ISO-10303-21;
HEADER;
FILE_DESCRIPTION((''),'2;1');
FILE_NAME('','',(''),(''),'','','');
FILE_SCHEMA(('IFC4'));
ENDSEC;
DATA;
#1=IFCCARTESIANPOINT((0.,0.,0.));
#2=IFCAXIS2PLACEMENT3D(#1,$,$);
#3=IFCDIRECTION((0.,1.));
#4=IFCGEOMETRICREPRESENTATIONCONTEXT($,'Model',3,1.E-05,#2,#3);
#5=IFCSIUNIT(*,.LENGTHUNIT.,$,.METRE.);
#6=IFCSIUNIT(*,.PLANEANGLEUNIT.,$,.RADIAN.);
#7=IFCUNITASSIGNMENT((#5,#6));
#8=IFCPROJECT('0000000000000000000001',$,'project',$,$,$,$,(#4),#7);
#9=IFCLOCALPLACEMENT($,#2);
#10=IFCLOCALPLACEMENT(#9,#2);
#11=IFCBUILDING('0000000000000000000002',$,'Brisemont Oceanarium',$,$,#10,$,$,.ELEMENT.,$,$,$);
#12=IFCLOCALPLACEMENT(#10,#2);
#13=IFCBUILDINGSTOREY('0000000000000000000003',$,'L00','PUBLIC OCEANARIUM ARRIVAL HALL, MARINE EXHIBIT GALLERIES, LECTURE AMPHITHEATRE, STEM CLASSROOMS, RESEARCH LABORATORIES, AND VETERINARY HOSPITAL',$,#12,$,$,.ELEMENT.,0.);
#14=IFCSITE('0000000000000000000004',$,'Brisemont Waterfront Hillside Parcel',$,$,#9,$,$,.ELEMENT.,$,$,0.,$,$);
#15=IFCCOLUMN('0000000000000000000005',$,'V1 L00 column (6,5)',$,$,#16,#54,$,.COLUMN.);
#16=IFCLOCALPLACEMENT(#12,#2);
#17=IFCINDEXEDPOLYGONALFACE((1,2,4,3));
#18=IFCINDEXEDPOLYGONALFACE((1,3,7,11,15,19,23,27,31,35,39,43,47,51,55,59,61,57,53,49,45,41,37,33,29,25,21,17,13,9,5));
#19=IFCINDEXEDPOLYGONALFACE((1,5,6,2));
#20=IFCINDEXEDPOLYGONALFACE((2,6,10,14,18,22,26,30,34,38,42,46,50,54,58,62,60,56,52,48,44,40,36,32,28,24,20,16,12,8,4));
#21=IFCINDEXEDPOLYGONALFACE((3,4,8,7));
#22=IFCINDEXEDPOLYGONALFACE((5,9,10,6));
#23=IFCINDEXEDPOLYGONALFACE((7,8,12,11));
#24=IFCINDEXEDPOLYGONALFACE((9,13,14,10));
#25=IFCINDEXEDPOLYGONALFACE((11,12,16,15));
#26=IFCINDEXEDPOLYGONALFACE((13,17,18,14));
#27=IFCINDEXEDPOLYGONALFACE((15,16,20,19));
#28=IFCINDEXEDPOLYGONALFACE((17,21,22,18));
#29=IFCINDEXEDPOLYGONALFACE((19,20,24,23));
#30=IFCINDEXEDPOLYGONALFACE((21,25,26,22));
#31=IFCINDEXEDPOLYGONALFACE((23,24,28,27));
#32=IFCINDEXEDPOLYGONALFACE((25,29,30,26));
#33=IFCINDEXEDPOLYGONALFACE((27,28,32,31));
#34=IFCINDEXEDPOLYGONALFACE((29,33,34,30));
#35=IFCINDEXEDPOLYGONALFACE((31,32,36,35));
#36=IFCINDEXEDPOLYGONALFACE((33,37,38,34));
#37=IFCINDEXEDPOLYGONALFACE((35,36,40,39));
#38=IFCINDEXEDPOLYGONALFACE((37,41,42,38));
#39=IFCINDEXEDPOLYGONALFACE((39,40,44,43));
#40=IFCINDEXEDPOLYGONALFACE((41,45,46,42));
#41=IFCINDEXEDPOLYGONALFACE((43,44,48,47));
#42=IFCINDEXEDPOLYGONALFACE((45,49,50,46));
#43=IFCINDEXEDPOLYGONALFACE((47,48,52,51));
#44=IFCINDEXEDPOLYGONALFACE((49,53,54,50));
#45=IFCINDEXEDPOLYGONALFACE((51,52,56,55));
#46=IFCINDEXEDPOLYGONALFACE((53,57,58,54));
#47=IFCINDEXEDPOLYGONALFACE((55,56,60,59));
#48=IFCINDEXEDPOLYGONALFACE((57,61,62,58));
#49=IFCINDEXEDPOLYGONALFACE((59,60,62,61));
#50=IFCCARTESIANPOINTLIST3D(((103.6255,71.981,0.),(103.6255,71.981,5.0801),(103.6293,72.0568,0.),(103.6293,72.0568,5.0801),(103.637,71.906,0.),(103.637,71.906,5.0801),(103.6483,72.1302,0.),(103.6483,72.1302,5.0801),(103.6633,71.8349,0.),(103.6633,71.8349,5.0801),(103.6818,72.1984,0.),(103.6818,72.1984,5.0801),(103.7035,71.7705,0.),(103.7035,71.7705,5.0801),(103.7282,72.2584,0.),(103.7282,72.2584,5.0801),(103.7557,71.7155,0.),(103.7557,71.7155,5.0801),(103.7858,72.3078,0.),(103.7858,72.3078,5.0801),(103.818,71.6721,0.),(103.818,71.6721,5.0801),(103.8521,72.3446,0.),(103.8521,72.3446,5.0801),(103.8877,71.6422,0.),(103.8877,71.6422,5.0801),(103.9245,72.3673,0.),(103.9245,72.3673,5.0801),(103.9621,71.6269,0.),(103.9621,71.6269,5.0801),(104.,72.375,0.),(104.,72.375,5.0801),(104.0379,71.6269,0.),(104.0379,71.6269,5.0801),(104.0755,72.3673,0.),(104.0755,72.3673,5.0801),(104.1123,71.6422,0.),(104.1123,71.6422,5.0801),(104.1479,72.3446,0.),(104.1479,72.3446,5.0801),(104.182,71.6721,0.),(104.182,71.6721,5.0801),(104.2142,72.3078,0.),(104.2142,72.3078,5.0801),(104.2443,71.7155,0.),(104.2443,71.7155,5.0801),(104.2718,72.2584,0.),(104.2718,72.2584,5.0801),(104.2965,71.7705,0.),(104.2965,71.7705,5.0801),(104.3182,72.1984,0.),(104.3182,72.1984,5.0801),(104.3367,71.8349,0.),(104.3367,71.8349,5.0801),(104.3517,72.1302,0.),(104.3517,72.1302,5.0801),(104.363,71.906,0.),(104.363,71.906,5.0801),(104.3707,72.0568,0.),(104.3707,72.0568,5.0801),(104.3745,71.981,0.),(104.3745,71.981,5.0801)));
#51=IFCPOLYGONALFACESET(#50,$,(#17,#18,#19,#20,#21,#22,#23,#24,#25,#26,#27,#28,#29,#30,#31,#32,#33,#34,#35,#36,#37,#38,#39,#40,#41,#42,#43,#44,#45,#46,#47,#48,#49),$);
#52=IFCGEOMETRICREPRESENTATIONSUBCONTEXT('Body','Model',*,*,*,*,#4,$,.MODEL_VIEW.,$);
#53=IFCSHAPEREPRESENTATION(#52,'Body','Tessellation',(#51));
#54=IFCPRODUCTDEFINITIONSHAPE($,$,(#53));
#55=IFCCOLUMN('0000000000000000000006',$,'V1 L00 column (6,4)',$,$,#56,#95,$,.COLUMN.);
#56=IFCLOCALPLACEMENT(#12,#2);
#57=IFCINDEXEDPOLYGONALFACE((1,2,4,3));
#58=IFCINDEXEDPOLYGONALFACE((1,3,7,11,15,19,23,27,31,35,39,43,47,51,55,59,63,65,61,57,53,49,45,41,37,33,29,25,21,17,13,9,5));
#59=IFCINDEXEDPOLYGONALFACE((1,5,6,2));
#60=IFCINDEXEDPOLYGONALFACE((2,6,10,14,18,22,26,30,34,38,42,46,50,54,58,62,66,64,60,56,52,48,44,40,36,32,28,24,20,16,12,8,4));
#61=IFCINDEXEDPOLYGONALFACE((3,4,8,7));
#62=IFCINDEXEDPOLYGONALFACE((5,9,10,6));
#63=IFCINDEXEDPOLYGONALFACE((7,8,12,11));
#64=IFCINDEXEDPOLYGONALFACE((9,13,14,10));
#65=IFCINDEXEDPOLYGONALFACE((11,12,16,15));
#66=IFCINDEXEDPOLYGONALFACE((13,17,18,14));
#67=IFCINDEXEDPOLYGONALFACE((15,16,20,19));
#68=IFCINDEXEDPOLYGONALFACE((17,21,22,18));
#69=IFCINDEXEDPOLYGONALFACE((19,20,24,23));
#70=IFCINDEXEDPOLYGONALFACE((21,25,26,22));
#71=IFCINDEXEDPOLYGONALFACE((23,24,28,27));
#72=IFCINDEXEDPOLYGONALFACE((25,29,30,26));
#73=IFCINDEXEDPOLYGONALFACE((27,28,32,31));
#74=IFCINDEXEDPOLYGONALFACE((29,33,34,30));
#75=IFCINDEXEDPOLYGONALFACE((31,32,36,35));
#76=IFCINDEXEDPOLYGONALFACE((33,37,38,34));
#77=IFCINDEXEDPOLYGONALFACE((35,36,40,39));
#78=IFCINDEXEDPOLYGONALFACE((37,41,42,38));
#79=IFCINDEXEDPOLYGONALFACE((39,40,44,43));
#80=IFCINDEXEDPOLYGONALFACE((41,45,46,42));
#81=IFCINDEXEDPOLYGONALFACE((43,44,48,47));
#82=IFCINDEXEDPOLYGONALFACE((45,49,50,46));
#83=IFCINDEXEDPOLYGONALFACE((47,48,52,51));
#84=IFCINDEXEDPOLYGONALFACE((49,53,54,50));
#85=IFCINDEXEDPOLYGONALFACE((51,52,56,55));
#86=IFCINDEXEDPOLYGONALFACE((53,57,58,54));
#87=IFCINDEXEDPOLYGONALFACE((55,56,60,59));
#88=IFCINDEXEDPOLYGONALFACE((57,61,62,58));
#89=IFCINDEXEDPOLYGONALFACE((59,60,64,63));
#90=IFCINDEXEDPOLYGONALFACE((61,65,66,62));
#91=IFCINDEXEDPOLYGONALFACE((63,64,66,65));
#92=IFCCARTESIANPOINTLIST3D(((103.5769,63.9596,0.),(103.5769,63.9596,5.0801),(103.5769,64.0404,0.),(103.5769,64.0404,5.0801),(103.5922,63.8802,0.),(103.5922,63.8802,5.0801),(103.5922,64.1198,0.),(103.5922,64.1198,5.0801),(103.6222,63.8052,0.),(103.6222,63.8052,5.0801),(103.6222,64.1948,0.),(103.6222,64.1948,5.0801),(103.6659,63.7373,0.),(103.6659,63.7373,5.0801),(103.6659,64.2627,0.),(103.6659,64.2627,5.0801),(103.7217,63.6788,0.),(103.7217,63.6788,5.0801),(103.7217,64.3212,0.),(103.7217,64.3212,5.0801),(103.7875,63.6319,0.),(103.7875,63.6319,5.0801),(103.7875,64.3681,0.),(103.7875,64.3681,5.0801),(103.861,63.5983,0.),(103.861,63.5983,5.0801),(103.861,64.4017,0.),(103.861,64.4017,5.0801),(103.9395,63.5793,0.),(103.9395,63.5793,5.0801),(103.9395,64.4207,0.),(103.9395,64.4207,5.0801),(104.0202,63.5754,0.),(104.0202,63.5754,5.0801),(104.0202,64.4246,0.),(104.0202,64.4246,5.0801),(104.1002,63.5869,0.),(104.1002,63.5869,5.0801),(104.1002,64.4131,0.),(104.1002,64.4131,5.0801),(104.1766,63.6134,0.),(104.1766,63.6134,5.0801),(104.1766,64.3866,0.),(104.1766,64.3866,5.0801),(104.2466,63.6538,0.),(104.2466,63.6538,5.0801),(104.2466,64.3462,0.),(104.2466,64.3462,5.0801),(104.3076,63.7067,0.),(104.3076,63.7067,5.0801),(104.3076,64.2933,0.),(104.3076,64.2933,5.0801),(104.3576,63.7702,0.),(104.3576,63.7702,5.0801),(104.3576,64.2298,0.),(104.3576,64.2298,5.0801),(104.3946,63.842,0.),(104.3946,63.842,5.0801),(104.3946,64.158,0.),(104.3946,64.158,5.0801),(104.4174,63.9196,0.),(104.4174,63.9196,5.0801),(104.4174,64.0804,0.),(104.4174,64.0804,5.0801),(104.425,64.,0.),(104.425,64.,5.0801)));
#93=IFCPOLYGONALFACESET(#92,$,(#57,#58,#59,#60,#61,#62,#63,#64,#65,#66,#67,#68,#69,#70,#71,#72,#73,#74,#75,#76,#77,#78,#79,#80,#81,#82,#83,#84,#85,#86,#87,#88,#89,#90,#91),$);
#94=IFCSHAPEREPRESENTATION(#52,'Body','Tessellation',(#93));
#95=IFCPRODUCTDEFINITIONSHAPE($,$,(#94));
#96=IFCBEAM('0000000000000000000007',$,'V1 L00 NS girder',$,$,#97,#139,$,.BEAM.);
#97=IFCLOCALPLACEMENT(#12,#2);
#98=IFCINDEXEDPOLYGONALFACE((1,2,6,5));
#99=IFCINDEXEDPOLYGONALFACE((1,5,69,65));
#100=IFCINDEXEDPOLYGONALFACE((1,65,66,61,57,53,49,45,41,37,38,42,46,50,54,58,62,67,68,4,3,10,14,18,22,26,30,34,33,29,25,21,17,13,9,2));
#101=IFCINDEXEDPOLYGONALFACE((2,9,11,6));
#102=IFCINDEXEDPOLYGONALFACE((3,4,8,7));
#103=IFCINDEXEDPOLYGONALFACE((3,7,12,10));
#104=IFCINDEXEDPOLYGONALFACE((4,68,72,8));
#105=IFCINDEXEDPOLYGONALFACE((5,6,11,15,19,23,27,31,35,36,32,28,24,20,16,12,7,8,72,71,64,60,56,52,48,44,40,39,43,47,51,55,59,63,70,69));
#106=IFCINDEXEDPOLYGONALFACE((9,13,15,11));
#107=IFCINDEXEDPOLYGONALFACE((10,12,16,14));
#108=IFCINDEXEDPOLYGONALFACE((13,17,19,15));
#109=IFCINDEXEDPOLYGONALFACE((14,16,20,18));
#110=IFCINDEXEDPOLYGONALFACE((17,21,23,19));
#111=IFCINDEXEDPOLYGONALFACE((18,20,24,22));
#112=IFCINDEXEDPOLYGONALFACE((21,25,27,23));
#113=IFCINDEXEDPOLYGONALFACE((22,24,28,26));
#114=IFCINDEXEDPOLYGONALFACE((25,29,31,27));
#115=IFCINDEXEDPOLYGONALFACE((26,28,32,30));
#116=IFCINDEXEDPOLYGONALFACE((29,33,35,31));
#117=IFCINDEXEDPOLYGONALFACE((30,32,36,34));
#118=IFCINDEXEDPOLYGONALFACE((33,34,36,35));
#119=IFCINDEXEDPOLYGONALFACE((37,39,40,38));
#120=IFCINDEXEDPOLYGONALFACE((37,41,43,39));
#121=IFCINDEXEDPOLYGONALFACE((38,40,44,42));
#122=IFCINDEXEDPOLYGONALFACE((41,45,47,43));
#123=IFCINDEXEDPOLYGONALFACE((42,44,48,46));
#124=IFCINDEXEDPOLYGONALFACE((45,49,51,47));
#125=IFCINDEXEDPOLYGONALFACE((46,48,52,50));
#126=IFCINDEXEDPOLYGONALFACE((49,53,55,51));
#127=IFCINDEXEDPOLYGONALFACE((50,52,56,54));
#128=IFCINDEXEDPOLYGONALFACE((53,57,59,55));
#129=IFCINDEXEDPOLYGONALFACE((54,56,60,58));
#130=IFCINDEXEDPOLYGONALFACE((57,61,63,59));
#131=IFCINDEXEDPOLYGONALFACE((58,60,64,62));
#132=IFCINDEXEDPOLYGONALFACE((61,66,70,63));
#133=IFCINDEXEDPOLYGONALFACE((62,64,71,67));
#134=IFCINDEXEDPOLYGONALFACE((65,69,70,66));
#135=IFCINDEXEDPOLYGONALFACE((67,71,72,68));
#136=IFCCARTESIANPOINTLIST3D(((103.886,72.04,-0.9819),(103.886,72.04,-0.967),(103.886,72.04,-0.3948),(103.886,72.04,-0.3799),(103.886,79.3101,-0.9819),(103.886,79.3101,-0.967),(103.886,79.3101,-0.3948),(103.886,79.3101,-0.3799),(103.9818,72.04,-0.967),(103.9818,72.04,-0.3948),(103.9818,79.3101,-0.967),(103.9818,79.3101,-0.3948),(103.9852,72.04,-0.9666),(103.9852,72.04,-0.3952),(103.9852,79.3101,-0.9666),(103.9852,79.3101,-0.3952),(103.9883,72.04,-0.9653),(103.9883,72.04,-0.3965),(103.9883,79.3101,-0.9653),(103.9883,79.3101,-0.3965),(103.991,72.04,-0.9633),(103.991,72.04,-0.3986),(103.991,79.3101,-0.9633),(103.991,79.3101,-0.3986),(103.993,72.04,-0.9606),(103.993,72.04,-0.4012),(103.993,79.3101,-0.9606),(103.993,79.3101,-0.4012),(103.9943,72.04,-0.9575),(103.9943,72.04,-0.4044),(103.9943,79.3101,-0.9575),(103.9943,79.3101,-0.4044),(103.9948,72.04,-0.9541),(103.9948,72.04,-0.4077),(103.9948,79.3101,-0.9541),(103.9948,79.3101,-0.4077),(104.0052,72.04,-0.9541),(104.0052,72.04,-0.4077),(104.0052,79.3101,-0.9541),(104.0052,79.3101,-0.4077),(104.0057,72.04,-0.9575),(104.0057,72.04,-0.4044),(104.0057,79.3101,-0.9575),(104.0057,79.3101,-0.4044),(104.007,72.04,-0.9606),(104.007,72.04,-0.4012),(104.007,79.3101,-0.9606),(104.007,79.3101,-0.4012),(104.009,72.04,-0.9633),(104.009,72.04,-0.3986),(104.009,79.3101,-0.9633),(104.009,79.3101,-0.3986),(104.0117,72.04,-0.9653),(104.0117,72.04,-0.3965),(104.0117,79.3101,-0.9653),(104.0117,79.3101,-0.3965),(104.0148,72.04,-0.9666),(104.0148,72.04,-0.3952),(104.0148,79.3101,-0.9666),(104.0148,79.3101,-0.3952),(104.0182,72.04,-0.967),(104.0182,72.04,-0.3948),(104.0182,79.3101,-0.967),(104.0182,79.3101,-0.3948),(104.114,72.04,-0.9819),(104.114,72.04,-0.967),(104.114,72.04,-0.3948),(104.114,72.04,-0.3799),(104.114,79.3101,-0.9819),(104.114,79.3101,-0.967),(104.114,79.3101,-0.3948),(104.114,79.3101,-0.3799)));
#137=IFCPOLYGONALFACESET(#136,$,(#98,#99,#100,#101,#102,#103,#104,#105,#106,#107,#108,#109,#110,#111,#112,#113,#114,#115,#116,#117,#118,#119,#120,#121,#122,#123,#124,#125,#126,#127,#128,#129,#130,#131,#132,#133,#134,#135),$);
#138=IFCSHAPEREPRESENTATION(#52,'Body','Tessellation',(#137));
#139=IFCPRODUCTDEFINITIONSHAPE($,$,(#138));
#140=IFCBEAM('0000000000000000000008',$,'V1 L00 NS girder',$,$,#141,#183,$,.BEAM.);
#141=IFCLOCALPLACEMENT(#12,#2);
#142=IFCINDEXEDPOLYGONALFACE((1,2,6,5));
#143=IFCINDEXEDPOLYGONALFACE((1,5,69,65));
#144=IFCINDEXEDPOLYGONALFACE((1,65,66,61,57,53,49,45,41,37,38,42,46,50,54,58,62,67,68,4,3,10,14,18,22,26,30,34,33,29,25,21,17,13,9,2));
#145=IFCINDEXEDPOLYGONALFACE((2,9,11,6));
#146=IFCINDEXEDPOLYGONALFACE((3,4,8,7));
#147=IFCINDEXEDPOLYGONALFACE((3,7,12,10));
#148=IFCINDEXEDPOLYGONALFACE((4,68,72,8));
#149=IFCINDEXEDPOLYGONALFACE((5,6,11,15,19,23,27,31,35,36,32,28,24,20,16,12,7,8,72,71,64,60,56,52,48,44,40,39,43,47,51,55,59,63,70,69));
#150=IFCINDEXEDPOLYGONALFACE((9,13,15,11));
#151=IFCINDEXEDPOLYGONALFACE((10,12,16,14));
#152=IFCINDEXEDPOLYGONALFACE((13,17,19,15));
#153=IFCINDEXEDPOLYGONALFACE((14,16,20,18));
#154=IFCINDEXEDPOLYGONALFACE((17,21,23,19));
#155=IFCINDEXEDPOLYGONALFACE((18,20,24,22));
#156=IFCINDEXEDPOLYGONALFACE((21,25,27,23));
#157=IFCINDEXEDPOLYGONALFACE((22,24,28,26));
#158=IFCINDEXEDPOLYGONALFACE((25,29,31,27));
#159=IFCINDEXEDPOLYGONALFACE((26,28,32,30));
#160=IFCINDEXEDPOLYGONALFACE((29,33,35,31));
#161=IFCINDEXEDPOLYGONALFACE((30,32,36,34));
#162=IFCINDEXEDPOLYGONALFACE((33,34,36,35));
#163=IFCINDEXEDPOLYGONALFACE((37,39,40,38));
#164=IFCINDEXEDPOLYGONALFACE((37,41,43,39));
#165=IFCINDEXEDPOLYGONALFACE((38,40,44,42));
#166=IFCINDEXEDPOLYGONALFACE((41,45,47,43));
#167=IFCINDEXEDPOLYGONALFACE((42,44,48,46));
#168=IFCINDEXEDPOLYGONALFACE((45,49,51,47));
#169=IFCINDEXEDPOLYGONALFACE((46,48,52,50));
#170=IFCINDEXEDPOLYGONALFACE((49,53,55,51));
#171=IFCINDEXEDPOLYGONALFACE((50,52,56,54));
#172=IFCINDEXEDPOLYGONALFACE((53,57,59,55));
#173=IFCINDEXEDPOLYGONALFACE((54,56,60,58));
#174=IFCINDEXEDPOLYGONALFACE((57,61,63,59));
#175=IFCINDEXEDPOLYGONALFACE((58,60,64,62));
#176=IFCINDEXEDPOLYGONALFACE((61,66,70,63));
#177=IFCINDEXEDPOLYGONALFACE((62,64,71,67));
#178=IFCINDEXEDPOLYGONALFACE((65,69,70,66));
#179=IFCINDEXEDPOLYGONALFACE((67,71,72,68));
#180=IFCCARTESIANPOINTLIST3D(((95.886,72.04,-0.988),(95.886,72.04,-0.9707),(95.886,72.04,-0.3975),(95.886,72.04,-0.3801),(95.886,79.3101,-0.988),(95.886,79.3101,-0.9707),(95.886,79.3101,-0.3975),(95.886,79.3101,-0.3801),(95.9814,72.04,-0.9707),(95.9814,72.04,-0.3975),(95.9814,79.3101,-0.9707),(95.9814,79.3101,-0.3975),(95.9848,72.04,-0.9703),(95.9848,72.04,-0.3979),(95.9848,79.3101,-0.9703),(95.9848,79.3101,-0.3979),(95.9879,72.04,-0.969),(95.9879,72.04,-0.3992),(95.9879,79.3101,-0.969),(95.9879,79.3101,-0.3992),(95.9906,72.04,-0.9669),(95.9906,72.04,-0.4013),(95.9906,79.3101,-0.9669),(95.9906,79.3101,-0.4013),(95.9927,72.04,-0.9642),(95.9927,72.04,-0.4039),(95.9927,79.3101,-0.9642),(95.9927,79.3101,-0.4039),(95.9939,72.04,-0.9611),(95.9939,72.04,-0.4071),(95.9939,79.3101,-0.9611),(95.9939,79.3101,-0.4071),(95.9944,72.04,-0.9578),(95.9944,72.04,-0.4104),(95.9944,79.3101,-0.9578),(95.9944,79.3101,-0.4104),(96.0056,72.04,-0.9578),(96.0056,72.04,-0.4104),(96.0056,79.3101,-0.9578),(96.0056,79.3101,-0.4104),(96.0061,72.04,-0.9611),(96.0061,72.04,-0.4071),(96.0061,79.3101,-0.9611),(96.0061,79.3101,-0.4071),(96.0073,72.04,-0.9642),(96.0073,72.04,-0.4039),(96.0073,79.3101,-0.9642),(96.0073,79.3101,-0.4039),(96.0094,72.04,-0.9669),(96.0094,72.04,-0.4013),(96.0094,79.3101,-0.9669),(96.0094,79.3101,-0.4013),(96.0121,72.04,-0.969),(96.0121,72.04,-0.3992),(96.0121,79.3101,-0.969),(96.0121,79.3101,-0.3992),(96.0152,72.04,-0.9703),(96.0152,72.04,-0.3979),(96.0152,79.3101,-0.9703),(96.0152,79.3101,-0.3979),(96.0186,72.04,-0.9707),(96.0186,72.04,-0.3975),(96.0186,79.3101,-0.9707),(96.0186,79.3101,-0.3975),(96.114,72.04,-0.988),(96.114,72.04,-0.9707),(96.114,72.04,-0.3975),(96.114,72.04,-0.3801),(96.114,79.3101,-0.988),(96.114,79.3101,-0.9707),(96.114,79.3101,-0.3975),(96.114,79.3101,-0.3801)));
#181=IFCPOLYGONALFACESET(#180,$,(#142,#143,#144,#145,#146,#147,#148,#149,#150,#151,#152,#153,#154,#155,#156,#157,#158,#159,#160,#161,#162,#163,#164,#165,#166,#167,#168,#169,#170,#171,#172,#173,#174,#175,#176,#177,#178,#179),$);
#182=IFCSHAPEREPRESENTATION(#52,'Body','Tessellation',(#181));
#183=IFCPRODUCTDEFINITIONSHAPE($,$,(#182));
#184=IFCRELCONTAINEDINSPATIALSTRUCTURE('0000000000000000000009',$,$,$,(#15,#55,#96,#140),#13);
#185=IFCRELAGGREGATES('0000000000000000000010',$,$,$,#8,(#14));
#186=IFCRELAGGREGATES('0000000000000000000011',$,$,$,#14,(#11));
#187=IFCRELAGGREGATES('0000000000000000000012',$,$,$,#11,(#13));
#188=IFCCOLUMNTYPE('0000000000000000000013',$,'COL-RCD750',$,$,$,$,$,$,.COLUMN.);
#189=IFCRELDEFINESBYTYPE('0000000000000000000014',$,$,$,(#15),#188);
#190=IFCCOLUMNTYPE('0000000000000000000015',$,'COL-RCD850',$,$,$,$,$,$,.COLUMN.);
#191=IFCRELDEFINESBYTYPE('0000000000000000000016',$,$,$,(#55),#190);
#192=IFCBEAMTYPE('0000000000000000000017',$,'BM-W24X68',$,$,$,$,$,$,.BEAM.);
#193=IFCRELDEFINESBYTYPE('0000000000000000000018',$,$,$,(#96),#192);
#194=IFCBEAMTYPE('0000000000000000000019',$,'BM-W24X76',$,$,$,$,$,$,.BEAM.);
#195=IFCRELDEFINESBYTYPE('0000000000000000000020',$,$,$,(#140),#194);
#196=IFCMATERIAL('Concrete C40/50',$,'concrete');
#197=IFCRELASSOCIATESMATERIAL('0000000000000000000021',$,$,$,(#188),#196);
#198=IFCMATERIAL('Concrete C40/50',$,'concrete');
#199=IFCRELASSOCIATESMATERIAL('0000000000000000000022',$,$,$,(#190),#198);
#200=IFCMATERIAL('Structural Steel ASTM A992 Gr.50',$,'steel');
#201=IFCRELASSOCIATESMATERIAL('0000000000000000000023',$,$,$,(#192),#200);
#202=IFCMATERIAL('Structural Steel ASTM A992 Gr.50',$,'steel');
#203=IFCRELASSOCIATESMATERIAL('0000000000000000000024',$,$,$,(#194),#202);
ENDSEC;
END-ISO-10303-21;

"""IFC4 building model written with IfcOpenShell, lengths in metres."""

from ifc_helpers import new_model, si_unit, direction, frame, origin, origin_2d, place, context, subcontext, project, spatial, circle, i_section, extrude, material, material_profile, profile_set, type_object, element, save


model = new_model("IFC4")

# Units and contexts
model_context = context("Model", 3, precision=1e-05, world=origin(), true_north=direction((0.0, 1.0)))
body_context = subcontext(model_context, "Body", "Model", "MODEL_VIEW")
ifc_project = project(units=[si_unit("LENGTHUNIT", "METRE"), si_unit("PLANEANGLEUNIT", "RADIAN")], contexts=[model_context])

# Site, building, storey
site_placement = place(None, origin())
site = spatial("IfcSite", under=ifc_project, at=site_placement, Name="Brisemont Waterfront Hillside Parcel", CompositionType="ELEMENT", RefElevation=0.0)
building_placement = place(site_placement, origin())
building = spatial("IfcBuilding", under=site, at=building_placement, Name="Brisemont Oceanarium", CompositionType="ELEMENT")
storey_placement = place(building_placement, origin())
storey = spatial("IfcBuildingStorey", under=building, at=storey_placement, Name="L00", Description="PUBLIC OCEANARIUM ARRIVAL HALL, MARINE EXHIBIT GALLERIES, LECTURE AMPHITHEATRE, STEM CLASSROOMS, RESEARCH LABORATORIES, AND VETERINARY HOSPITAL", CompositionType="ELEMENT", Elevation=0.0)

# Columns
ifc_material_1 = material(Name="Concrete C40/50", Category="concrete")
ifc_material_profile_1 = material_profile(ifc_material_1, circle(Radius=0.375, at=origin_2d()), Name="RC-COL-D750")
ifc_profile_set_1 = profile_set([ifc_material_profile_1], Name="Concrete C40/50")
column_type_1 = type_object("IfcColumnType", Name="COL-RCD750", PredefinedType="COLUMN", material=ifc_profile_set_1)
column_1_placement = place(storey_placement, frame((104.0, 72.0, 0.0), z_axis=(0.0, 0.0, 1.0), x_axis=(0.0, 1.0, 0.0)))
element("IfcColumn", 1, at=column_1_placement, inside=storey, type_object=column_type_1, Name="V1 L00 column (6,5)", PredefinedType="COLUMN", context=body_context, shape_type="SweptSolid", body=[
    extrude(circle(Radius=0.375, at=origin_2d()), origin(), (0.0, 0.0, 1.0), 5.0801),
])
ifc_material_2 = material(Name="Concrete C40/50", Category="concrete")
ifc_material_profile_2 = material_profile(ifc_material_2, circle(Radius=0.425, at=origin_2d()), Name="RC-COL-D850")
ifc_profile_set_2 = profile_set([ifc_material_profile_2], Name="Concrete C40/50")
column_type_2 = type_object("IfcColumnType", Name="COL-RCD850", PredefinedType="COLUMN", material=ifc_profile_set_2)
column_2_placement = place(storey_placement, frame((104.0, 64.0, 0.0), z_axis=(0.0, 0.0, 1.0), x_axis=(1.0, 0.0, 0.0)))
element("IfcColumn", 2, at=column_2_placement, inside=storey, type_object=column_type_2, Name="V1 L00 column (6,4)", PredefinedType="COLUMN", context=body_context, shape_type="SweptSolid", body=[
    extrude(circle(Radius=0.425, at=origin_2d()), origin(), (0.0, 0.0, 1.0), 5.0801),
])

# Beams
ifc_material_3 = material(Name="Structural Steel ASTM A992 Gr.50", Category="steel")
ifc_material_profile_3 = material_profile(ifc_material_3, i_section(OverallWidth=0.228, OverallDepth=0.6021, WebThickness=0.0105, FlangeThickness=0.0149, FilletRadius=0.0129, at=origin_2d()), Name="W24X68")
ifc_profile_set_3 = profile_set([ifc_material_profile_3], Name="Structural Steel ASTM A992 Gr.50")
beam_type_1 = type_object("IfcBeamType", Name="BM-W24X68", PredefinedType="BEAM", material=ifc_profile_set_3)
beam_1_placement = place(storey_placement, frame((104.0, 72.04, -0.6809), z_axis=(0.0, 1.0, 0.0), x_axis=(-1.0, 0.0, 0.0)))
element("IfcBeam", 3, at=beam_1_placement, inside=storey, type_object=beam_type_1, Name="V1 L00 NS girder", PredefinedType="BEAM", context=body_context, shape_type="SweptSolid", body=[
    extrude(i_section(OverallWidth=0.228, OverallDepth=0.6021, WebThickness=0.0105, FlangeThickness=0.0149, FilletRadius=0.0129, at=origin_2d()), origin(), (0.0, 0.0, 1.0), 7.27),
])
ifc_material_4 = material(Name="Structural Steel ASTM A992 Gr.50", Category="steel")
ifc_material_profile_4 = material_profile(ifc_material_4, i_section(OverallWidth=0.228, OverallDepth=0.6079, WebThickness=0.0112, FlangeThickness=0.0173, FilletRadius=0.0129, at=origin_2d()), Name="W24X76")
ifc_profile_set_4 = profile_set([ifc_material_profile_4], Name="Structural Steel ASTM A992 Gr.50")
beam_type_2 = type_object("IfcBeamType", Name="BM-W24X76", PredefinedType="BEAM", material=ifc_profile_set_4)
beam_2_placement = place(storey_placement, frame((96.0, 72.04, -0.6841), z_axis=(0.0, 1.0, 0.0), x_axis=(-1.0, 0.0, 0.0)))
element("IfcBeam", 4, at=beam_2_placement, inside=storey, type_object=beam_type_2, Name="V1 L00 NS girder", PredefinedType="BEAM", context=body_context, shape_type="SweptSolid", body=[
    extrude(i_section(OverallWidth=0.228, OverallDepth=0.6079, WebThickness=0.0112, FlangeThickness=0.0173, FilletRadius=0.0129, at=origin_2d()), origin(), (0.0, 0.0, 1.0), 7.27),
])

save(model, "model.ifc")
